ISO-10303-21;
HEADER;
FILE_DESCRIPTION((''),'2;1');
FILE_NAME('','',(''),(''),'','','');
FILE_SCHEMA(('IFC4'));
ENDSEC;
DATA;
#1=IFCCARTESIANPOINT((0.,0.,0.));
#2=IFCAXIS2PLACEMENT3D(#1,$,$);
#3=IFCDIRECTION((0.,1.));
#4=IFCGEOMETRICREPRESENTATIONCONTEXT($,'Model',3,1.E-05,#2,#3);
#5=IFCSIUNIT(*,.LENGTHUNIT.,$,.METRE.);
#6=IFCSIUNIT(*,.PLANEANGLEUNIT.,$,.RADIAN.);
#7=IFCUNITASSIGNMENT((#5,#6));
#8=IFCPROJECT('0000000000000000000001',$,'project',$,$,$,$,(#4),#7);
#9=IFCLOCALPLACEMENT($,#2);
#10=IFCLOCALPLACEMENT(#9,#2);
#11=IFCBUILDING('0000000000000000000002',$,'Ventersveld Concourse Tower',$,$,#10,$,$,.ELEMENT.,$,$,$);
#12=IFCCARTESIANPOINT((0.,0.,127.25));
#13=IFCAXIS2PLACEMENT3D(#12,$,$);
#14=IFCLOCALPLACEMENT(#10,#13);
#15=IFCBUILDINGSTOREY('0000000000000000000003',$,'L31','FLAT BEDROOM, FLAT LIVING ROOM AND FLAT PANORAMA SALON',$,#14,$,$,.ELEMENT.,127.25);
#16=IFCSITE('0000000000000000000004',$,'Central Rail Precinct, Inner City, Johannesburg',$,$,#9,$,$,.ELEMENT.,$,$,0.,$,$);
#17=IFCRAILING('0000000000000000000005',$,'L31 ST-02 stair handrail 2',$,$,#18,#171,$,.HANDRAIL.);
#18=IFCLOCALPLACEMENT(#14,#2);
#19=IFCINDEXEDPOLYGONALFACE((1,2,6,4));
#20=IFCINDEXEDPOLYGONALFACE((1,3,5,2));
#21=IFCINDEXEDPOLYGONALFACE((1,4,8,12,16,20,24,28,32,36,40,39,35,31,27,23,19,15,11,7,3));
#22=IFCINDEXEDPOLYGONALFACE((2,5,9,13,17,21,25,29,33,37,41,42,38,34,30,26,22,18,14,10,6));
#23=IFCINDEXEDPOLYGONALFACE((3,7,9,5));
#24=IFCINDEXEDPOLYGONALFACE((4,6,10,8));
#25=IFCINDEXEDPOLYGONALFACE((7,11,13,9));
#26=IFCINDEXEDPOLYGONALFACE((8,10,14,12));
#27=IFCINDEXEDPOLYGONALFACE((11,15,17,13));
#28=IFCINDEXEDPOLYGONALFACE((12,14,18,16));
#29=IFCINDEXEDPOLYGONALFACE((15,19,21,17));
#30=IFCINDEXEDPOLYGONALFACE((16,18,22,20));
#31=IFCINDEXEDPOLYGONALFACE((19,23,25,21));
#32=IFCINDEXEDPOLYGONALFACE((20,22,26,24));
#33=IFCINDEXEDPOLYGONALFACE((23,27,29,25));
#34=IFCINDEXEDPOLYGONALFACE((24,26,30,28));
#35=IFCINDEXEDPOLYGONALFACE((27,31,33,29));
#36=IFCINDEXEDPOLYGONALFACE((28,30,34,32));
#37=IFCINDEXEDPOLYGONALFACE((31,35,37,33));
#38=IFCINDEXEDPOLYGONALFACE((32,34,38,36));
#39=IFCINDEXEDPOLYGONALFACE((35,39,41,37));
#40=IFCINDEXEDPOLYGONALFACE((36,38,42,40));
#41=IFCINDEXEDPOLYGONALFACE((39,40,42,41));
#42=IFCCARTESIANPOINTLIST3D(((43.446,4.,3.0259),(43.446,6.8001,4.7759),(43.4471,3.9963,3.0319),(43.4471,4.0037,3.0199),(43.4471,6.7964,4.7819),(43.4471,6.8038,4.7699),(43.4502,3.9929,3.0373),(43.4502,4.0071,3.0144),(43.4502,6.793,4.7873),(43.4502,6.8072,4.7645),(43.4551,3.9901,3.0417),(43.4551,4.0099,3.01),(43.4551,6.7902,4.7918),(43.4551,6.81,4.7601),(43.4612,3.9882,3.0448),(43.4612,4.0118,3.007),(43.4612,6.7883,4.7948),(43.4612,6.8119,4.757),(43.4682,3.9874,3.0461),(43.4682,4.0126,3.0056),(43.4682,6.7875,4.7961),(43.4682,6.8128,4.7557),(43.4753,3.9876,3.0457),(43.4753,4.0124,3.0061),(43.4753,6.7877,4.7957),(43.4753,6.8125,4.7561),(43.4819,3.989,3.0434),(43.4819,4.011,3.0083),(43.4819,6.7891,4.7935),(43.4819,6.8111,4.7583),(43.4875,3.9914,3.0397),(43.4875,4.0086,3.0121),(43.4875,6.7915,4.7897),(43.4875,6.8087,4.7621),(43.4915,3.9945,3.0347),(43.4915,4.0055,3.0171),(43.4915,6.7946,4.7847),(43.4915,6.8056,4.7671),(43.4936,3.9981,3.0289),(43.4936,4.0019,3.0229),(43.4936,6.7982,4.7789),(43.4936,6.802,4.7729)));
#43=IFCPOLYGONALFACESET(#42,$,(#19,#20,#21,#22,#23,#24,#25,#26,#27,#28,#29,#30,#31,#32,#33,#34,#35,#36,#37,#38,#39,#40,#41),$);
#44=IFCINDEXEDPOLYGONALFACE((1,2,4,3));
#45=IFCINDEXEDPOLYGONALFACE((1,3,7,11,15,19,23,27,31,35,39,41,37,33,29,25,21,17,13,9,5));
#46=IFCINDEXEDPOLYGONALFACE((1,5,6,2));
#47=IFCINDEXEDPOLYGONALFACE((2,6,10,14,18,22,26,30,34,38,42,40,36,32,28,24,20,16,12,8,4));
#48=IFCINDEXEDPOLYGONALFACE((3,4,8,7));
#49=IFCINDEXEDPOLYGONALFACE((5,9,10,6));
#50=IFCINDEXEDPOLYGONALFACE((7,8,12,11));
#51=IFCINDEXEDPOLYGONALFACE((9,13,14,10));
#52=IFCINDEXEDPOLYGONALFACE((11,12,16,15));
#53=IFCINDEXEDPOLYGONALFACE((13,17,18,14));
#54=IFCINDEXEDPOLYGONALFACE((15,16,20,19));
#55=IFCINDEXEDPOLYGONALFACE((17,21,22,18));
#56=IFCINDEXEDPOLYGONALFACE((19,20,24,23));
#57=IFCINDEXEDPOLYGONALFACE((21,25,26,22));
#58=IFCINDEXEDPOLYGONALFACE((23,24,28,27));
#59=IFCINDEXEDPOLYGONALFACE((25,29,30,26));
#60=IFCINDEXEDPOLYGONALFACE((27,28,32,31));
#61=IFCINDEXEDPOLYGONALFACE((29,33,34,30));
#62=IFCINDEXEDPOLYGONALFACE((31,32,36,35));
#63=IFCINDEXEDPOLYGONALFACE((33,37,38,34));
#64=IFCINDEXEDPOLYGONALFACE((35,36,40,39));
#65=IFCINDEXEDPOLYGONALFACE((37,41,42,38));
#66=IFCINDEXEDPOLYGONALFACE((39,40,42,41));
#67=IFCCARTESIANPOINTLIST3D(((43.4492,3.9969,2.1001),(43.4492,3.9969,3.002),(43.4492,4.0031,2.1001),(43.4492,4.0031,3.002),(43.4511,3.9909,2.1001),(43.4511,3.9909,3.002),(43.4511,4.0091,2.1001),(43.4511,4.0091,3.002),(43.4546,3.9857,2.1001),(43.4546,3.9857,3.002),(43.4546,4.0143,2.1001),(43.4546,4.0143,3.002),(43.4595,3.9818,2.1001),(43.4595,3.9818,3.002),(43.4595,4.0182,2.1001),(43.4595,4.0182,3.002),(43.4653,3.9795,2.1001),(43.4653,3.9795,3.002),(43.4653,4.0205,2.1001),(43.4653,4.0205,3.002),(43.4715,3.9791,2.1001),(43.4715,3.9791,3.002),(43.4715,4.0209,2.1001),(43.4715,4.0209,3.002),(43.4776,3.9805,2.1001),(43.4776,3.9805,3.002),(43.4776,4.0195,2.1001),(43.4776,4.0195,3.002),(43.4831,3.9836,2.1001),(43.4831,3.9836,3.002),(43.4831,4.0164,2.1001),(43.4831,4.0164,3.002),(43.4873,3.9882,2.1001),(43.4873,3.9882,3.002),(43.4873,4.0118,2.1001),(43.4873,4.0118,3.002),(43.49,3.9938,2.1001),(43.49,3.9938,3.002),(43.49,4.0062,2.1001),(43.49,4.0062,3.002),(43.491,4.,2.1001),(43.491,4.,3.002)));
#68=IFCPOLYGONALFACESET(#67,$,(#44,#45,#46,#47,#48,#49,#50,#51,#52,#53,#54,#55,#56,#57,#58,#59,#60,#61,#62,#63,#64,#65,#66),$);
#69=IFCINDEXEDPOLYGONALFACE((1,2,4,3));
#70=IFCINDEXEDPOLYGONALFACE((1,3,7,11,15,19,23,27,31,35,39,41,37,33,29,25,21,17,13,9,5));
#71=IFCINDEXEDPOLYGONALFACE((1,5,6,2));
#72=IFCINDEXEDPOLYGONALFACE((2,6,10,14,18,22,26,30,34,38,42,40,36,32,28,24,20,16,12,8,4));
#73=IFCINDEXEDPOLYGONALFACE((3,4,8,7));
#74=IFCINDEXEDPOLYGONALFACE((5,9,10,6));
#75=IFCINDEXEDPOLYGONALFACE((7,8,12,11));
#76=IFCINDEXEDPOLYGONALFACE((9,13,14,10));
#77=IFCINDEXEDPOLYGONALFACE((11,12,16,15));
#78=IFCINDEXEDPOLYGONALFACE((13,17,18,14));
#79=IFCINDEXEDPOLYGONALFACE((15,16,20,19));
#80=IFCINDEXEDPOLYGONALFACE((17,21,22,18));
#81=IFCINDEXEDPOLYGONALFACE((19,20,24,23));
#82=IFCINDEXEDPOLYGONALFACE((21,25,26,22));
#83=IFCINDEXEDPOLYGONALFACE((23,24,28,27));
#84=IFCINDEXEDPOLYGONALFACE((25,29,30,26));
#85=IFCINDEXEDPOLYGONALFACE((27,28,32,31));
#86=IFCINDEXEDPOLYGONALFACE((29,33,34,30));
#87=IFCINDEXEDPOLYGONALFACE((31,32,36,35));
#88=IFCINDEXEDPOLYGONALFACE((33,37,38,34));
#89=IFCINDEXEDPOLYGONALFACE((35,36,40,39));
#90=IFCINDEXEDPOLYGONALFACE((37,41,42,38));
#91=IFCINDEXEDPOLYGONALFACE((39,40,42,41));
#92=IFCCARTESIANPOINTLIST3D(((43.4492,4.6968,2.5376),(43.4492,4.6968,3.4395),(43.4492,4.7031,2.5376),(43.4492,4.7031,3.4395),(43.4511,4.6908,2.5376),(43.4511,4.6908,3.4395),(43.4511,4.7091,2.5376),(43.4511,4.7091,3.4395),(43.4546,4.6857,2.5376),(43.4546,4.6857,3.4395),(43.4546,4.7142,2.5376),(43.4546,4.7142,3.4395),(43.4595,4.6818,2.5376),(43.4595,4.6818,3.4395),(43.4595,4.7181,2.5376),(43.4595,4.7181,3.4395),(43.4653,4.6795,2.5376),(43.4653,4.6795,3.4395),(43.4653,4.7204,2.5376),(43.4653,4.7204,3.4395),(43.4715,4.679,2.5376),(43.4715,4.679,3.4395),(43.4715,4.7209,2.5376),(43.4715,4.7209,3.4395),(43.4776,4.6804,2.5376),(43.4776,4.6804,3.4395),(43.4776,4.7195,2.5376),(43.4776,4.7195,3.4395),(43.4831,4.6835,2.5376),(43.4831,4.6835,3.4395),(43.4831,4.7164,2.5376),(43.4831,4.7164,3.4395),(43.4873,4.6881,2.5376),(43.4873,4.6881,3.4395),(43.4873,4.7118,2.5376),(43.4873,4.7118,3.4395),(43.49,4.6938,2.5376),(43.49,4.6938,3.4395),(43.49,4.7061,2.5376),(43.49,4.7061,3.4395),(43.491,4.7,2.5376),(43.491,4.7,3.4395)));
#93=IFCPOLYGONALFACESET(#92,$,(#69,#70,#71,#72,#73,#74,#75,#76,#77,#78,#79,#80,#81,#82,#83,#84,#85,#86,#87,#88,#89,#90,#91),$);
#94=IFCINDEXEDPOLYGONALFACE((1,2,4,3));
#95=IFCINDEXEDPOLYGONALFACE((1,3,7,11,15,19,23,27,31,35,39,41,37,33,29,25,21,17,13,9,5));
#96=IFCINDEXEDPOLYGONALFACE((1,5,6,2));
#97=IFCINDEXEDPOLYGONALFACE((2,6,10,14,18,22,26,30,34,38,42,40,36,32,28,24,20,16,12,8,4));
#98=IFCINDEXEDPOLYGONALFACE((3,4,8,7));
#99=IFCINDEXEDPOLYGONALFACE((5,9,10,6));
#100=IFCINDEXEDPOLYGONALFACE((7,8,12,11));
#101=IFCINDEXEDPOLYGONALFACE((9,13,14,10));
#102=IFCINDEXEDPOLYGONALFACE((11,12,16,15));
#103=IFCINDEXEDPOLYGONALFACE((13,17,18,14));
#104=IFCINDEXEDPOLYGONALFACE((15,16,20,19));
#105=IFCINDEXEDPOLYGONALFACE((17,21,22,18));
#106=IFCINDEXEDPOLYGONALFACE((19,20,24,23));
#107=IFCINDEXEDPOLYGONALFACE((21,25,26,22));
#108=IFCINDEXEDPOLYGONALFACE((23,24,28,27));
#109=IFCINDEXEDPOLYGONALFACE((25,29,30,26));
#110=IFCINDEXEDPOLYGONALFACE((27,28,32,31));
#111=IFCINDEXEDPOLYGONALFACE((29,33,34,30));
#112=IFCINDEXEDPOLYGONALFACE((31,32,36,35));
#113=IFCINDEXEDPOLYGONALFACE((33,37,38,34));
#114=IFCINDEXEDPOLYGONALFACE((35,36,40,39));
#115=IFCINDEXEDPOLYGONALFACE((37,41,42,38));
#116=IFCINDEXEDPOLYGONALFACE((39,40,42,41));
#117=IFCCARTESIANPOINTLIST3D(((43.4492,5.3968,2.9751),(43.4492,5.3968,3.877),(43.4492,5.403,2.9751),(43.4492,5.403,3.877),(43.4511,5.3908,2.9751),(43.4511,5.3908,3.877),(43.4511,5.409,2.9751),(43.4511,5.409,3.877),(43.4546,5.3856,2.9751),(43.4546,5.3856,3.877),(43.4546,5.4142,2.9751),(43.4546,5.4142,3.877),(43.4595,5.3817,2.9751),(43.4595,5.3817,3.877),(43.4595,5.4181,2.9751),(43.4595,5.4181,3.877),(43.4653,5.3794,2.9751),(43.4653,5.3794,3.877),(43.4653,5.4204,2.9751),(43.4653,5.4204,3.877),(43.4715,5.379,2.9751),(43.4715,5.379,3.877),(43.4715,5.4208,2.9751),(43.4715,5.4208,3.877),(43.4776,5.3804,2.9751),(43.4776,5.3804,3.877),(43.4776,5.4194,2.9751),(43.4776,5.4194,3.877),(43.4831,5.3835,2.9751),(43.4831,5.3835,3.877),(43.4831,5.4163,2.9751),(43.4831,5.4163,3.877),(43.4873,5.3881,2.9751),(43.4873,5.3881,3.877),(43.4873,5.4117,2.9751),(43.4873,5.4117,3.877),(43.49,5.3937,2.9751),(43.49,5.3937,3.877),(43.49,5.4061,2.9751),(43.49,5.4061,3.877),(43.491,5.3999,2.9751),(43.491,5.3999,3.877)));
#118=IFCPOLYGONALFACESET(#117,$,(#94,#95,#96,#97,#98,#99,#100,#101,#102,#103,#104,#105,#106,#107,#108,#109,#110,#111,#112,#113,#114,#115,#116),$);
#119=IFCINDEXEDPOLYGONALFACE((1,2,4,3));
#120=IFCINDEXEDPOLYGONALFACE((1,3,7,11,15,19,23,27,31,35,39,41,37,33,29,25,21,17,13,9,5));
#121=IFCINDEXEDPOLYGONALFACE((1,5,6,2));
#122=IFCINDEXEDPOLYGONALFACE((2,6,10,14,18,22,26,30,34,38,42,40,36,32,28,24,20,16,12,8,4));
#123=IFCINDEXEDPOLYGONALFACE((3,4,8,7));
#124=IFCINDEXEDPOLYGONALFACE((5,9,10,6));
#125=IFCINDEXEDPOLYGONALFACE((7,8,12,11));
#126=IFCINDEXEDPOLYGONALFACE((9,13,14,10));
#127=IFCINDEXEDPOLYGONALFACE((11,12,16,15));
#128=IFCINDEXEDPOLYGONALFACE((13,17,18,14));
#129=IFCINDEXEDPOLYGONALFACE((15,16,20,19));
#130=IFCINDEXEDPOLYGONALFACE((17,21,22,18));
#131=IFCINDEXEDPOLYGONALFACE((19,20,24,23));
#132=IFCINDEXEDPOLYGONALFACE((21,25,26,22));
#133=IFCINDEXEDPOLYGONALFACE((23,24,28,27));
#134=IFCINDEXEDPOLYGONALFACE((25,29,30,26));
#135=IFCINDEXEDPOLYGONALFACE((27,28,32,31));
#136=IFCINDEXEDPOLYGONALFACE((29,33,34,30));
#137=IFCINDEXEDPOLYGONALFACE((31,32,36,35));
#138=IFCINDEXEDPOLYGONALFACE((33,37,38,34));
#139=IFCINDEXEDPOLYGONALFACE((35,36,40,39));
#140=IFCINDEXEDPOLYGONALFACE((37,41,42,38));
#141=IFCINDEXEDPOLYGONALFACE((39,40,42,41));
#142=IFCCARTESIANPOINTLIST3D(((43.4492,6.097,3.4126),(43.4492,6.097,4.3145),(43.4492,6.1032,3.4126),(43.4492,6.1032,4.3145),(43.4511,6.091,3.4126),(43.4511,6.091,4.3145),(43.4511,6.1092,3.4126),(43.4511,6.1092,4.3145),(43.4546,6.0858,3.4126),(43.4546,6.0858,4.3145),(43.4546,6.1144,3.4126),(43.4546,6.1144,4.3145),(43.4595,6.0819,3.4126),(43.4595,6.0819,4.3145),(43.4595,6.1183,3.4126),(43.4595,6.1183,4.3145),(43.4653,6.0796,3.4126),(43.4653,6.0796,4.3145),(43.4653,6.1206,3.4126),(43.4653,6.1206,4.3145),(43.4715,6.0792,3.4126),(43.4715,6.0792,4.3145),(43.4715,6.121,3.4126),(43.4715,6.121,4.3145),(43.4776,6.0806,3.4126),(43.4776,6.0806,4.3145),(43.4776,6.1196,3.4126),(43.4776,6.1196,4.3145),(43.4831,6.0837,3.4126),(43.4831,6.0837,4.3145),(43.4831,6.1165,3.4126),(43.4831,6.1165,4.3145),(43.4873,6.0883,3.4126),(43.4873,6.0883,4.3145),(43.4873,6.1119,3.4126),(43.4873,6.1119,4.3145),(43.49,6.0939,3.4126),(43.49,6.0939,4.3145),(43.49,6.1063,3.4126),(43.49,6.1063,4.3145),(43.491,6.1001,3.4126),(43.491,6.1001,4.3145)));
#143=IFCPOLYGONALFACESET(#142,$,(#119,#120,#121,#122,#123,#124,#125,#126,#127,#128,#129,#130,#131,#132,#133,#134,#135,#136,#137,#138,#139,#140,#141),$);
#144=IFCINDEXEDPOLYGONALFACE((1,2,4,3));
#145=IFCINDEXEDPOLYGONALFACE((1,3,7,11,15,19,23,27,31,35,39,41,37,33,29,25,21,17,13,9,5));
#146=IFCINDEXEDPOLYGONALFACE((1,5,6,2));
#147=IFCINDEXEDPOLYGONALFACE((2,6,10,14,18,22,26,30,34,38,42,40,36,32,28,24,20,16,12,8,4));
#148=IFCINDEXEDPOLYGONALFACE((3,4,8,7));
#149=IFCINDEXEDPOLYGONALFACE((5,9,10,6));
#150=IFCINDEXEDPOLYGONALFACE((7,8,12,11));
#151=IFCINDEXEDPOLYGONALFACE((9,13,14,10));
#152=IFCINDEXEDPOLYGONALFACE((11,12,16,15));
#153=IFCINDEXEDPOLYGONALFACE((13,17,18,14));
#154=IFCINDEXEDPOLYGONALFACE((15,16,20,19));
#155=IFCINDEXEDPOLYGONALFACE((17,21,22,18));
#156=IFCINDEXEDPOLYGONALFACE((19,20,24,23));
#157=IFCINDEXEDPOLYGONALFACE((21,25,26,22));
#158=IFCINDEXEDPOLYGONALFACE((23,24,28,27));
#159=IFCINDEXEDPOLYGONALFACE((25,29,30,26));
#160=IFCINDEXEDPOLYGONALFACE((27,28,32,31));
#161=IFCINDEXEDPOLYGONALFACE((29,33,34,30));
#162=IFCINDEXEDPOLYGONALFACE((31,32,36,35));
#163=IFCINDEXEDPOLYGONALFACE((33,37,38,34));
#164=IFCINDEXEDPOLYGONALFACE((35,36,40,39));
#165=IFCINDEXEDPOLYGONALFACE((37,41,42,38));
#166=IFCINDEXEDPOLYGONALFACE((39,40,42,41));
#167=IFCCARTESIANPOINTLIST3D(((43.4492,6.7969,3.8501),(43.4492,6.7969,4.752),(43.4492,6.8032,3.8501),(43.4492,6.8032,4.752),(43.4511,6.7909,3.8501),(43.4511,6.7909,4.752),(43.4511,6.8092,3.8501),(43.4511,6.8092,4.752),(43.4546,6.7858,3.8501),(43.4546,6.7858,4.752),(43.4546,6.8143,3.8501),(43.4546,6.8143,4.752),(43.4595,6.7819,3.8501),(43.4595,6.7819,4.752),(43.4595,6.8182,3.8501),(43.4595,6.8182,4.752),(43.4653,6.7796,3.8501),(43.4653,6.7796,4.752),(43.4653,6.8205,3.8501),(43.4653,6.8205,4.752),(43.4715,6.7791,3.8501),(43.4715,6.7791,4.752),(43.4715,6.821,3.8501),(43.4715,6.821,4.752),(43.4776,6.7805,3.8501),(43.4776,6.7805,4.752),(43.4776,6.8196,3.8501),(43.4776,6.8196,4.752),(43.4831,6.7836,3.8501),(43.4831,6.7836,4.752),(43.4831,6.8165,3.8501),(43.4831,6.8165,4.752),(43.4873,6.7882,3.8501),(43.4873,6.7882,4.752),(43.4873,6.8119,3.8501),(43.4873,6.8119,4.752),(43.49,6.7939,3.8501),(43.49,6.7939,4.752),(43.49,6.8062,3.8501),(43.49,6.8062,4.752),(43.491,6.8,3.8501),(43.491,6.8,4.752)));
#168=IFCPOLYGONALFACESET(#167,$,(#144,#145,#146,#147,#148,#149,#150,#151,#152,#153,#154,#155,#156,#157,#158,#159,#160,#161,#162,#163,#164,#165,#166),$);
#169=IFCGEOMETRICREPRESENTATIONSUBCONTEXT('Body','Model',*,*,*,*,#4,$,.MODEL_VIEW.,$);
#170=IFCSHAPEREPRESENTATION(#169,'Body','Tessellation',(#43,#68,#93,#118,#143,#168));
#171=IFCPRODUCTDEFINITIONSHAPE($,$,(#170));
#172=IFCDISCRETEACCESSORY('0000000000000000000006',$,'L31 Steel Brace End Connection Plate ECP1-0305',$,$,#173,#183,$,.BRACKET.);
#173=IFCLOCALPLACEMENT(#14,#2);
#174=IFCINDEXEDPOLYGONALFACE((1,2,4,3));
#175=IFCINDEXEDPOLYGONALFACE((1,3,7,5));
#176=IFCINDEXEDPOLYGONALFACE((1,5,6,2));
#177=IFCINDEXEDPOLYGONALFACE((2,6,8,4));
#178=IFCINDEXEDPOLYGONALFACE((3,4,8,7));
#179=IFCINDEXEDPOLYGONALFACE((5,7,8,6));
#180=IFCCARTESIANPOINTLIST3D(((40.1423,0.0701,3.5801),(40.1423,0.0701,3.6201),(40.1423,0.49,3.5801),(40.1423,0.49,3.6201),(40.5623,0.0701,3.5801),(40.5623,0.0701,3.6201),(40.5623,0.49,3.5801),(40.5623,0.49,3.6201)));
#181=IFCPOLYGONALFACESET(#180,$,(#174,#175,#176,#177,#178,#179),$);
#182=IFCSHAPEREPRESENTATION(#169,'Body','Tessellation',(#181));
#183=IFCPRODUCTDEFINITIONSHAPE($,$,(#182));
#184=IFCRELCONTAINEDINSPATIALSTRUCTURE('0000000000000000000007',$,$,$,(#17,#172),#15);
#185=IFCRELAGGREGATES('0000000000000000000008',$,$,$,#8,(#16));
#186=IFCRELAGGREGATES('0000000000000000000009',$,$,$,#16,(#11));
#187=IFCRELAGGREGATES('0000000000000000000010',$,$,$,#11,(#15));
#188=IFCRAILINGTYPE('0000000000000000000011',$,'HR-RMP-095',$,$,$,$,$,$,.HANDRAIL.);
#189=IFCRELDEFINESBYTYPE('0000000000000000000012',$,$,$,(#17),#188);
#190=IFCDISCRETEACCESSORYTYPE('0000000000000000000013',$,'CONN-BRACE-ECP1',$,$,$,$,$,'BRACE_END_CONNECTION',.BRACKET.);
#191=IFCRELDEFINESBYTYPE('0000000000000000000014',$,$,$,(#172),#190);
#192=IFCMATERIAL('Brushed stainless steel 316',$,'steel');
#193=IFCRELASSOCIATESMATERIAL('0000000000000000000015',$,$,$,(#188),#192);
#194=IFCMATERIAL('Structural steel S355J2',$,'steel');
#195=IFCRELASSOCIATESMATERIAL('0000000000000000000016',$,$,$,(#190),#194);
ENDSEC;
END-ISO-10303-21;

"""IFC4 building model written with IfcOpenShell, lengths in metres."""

from ifc_helpers import new_model, si_unit, direction, frame, origin, origin_2d, place, context, subcontext, project, spatial, rectangle, circle, extrude, material, type_object, element, save


model = new_model("IFC4")

# Units and contexts
model_context = context("Model", 3, precision=1e-05, world=origin(), true_north=direction((0.0, 1.0)))
body_context = subcontext(model_context, "Body", "Model", "MODEL_VIEW")
ifc_project = project(units=[si_unit("LENGTHUNIT", "METRE"), si_unit("PLANEANGLEUNIT", "RADIAN")], contexts=[model_context])

# Site, building, storey
site_placement = place(None, origin())
site = spatial("IfcSite", under=ifc_project, at=site_placement, Name="Central Rail Precinct, Inner City, Johannesburg", CompositionType="ELEMENT", RefElevation=0.0)
building_placement = place(site_placement, origin())
building = spatial("IfcBuilding", under=site, at=building_placement, Name="Ventersveld Concourse Tower", CompositionType="ELEMENT")
storey_placement = place(building_placement, frame((0.0, 0.0, 127.25)))
storey = spatial("IfcBuildingStorey", under=building, at=storey_placement, Name="L31", Description="FLAT BEDROOM, FLAT LIVING ROOM AND FLAT PANORAMA SALON", CompositionType="ELEMENT", Elevation=127.25)

# Shared definitions
ifc_material_1 = material(Name="Structural steel S355J2", Category="steel")

# Railing
ifc_material_2 = material(Name="Brushed stainless steel 316", Category="steel")
railing_type_1 = type_object("IfcRailingType", Name="HR-RMP-095", PredefinedType="HANDRAIL", material=ifc_material_2)
railing_1_placement = place(storey_placement, frame((43.47, 4.0, 2.1001)))
element("IfcRailing", 1, at=railing_1_placement, inside=storey, type_object=railing_type_1, Name="L31 ST-02 stair handrail 2", PredefinedType="HANDRAIL", context=body_context, shape_type="SweptSolid", body=[
    extrude(circle(Radius=0.0239, at=origin_2d()), frame((0.0, 0.0, 0.9258), z_axis=(0.0, 0.848002, 0.529992), x_axis=(-1.0, 0.0, 0.0)), (0.0, 0.0, 1.0), 3.302),
    extrude(circle(Radius=0.021, at=origin_2d()), origin(), (0.0, 0.0, 1.0), 0.9019),
    extrude(circle(Radius=0.021, at=origin_2d()), frame((0.0, 0.7, 0.4375)), (0.0, 0.0, 1.0), 0.9019),
    extrude(circle(Radius=0.021, at=origin_2d()), frame((0.0, 1.3999, 0.875)), (0.0, 0.0, 1.0), 0.9019),
    extrude(circle(Radius=0.021, at=origin_2d()), frame((0.0, 2.1001, 1.3125)), (0.0, 0.0, 1.0), 0.9019),
    extrude(circle(Radius=0.021, at=origin_2d()), frame((0.0, 2.8, 1.75)), (0.0, 0.0, 1.0), 0.9019),
])

# Discrete accessory
discrete_accessory_type = type_object("IfcDiscreteAccessoryType", Name="CONN-BRACE-ECP1", ElementType="BRACE_END_CONNECTION", PredefinedType="BRACKET", material=ifc_material_1)
discrete_accessory_placement = place(storey_placement, frame((40.3523, 0.28, 3.5801), z_axis=(0.0, 0.0, 1.0), x_axis=(1.0, 0.0, 0.0)))
element("IfcDiscreteAccessory", 2, at=discrete_accessory_placement, inside=storey, type_object=discrete_accessory_type, Name="L31 Steel Brace End Connection Plate ECP1-0305", PredefinedType="BRACKET", context=body_context, shape_type="SweptSolid", body=[
    extrude(rectangle(XDim=0.4199, YDim=0.4199, at=origin_2d()), origin(), (0.0, 0.0, 1.0), 0.04),
])

save(model, "model.ifc")
